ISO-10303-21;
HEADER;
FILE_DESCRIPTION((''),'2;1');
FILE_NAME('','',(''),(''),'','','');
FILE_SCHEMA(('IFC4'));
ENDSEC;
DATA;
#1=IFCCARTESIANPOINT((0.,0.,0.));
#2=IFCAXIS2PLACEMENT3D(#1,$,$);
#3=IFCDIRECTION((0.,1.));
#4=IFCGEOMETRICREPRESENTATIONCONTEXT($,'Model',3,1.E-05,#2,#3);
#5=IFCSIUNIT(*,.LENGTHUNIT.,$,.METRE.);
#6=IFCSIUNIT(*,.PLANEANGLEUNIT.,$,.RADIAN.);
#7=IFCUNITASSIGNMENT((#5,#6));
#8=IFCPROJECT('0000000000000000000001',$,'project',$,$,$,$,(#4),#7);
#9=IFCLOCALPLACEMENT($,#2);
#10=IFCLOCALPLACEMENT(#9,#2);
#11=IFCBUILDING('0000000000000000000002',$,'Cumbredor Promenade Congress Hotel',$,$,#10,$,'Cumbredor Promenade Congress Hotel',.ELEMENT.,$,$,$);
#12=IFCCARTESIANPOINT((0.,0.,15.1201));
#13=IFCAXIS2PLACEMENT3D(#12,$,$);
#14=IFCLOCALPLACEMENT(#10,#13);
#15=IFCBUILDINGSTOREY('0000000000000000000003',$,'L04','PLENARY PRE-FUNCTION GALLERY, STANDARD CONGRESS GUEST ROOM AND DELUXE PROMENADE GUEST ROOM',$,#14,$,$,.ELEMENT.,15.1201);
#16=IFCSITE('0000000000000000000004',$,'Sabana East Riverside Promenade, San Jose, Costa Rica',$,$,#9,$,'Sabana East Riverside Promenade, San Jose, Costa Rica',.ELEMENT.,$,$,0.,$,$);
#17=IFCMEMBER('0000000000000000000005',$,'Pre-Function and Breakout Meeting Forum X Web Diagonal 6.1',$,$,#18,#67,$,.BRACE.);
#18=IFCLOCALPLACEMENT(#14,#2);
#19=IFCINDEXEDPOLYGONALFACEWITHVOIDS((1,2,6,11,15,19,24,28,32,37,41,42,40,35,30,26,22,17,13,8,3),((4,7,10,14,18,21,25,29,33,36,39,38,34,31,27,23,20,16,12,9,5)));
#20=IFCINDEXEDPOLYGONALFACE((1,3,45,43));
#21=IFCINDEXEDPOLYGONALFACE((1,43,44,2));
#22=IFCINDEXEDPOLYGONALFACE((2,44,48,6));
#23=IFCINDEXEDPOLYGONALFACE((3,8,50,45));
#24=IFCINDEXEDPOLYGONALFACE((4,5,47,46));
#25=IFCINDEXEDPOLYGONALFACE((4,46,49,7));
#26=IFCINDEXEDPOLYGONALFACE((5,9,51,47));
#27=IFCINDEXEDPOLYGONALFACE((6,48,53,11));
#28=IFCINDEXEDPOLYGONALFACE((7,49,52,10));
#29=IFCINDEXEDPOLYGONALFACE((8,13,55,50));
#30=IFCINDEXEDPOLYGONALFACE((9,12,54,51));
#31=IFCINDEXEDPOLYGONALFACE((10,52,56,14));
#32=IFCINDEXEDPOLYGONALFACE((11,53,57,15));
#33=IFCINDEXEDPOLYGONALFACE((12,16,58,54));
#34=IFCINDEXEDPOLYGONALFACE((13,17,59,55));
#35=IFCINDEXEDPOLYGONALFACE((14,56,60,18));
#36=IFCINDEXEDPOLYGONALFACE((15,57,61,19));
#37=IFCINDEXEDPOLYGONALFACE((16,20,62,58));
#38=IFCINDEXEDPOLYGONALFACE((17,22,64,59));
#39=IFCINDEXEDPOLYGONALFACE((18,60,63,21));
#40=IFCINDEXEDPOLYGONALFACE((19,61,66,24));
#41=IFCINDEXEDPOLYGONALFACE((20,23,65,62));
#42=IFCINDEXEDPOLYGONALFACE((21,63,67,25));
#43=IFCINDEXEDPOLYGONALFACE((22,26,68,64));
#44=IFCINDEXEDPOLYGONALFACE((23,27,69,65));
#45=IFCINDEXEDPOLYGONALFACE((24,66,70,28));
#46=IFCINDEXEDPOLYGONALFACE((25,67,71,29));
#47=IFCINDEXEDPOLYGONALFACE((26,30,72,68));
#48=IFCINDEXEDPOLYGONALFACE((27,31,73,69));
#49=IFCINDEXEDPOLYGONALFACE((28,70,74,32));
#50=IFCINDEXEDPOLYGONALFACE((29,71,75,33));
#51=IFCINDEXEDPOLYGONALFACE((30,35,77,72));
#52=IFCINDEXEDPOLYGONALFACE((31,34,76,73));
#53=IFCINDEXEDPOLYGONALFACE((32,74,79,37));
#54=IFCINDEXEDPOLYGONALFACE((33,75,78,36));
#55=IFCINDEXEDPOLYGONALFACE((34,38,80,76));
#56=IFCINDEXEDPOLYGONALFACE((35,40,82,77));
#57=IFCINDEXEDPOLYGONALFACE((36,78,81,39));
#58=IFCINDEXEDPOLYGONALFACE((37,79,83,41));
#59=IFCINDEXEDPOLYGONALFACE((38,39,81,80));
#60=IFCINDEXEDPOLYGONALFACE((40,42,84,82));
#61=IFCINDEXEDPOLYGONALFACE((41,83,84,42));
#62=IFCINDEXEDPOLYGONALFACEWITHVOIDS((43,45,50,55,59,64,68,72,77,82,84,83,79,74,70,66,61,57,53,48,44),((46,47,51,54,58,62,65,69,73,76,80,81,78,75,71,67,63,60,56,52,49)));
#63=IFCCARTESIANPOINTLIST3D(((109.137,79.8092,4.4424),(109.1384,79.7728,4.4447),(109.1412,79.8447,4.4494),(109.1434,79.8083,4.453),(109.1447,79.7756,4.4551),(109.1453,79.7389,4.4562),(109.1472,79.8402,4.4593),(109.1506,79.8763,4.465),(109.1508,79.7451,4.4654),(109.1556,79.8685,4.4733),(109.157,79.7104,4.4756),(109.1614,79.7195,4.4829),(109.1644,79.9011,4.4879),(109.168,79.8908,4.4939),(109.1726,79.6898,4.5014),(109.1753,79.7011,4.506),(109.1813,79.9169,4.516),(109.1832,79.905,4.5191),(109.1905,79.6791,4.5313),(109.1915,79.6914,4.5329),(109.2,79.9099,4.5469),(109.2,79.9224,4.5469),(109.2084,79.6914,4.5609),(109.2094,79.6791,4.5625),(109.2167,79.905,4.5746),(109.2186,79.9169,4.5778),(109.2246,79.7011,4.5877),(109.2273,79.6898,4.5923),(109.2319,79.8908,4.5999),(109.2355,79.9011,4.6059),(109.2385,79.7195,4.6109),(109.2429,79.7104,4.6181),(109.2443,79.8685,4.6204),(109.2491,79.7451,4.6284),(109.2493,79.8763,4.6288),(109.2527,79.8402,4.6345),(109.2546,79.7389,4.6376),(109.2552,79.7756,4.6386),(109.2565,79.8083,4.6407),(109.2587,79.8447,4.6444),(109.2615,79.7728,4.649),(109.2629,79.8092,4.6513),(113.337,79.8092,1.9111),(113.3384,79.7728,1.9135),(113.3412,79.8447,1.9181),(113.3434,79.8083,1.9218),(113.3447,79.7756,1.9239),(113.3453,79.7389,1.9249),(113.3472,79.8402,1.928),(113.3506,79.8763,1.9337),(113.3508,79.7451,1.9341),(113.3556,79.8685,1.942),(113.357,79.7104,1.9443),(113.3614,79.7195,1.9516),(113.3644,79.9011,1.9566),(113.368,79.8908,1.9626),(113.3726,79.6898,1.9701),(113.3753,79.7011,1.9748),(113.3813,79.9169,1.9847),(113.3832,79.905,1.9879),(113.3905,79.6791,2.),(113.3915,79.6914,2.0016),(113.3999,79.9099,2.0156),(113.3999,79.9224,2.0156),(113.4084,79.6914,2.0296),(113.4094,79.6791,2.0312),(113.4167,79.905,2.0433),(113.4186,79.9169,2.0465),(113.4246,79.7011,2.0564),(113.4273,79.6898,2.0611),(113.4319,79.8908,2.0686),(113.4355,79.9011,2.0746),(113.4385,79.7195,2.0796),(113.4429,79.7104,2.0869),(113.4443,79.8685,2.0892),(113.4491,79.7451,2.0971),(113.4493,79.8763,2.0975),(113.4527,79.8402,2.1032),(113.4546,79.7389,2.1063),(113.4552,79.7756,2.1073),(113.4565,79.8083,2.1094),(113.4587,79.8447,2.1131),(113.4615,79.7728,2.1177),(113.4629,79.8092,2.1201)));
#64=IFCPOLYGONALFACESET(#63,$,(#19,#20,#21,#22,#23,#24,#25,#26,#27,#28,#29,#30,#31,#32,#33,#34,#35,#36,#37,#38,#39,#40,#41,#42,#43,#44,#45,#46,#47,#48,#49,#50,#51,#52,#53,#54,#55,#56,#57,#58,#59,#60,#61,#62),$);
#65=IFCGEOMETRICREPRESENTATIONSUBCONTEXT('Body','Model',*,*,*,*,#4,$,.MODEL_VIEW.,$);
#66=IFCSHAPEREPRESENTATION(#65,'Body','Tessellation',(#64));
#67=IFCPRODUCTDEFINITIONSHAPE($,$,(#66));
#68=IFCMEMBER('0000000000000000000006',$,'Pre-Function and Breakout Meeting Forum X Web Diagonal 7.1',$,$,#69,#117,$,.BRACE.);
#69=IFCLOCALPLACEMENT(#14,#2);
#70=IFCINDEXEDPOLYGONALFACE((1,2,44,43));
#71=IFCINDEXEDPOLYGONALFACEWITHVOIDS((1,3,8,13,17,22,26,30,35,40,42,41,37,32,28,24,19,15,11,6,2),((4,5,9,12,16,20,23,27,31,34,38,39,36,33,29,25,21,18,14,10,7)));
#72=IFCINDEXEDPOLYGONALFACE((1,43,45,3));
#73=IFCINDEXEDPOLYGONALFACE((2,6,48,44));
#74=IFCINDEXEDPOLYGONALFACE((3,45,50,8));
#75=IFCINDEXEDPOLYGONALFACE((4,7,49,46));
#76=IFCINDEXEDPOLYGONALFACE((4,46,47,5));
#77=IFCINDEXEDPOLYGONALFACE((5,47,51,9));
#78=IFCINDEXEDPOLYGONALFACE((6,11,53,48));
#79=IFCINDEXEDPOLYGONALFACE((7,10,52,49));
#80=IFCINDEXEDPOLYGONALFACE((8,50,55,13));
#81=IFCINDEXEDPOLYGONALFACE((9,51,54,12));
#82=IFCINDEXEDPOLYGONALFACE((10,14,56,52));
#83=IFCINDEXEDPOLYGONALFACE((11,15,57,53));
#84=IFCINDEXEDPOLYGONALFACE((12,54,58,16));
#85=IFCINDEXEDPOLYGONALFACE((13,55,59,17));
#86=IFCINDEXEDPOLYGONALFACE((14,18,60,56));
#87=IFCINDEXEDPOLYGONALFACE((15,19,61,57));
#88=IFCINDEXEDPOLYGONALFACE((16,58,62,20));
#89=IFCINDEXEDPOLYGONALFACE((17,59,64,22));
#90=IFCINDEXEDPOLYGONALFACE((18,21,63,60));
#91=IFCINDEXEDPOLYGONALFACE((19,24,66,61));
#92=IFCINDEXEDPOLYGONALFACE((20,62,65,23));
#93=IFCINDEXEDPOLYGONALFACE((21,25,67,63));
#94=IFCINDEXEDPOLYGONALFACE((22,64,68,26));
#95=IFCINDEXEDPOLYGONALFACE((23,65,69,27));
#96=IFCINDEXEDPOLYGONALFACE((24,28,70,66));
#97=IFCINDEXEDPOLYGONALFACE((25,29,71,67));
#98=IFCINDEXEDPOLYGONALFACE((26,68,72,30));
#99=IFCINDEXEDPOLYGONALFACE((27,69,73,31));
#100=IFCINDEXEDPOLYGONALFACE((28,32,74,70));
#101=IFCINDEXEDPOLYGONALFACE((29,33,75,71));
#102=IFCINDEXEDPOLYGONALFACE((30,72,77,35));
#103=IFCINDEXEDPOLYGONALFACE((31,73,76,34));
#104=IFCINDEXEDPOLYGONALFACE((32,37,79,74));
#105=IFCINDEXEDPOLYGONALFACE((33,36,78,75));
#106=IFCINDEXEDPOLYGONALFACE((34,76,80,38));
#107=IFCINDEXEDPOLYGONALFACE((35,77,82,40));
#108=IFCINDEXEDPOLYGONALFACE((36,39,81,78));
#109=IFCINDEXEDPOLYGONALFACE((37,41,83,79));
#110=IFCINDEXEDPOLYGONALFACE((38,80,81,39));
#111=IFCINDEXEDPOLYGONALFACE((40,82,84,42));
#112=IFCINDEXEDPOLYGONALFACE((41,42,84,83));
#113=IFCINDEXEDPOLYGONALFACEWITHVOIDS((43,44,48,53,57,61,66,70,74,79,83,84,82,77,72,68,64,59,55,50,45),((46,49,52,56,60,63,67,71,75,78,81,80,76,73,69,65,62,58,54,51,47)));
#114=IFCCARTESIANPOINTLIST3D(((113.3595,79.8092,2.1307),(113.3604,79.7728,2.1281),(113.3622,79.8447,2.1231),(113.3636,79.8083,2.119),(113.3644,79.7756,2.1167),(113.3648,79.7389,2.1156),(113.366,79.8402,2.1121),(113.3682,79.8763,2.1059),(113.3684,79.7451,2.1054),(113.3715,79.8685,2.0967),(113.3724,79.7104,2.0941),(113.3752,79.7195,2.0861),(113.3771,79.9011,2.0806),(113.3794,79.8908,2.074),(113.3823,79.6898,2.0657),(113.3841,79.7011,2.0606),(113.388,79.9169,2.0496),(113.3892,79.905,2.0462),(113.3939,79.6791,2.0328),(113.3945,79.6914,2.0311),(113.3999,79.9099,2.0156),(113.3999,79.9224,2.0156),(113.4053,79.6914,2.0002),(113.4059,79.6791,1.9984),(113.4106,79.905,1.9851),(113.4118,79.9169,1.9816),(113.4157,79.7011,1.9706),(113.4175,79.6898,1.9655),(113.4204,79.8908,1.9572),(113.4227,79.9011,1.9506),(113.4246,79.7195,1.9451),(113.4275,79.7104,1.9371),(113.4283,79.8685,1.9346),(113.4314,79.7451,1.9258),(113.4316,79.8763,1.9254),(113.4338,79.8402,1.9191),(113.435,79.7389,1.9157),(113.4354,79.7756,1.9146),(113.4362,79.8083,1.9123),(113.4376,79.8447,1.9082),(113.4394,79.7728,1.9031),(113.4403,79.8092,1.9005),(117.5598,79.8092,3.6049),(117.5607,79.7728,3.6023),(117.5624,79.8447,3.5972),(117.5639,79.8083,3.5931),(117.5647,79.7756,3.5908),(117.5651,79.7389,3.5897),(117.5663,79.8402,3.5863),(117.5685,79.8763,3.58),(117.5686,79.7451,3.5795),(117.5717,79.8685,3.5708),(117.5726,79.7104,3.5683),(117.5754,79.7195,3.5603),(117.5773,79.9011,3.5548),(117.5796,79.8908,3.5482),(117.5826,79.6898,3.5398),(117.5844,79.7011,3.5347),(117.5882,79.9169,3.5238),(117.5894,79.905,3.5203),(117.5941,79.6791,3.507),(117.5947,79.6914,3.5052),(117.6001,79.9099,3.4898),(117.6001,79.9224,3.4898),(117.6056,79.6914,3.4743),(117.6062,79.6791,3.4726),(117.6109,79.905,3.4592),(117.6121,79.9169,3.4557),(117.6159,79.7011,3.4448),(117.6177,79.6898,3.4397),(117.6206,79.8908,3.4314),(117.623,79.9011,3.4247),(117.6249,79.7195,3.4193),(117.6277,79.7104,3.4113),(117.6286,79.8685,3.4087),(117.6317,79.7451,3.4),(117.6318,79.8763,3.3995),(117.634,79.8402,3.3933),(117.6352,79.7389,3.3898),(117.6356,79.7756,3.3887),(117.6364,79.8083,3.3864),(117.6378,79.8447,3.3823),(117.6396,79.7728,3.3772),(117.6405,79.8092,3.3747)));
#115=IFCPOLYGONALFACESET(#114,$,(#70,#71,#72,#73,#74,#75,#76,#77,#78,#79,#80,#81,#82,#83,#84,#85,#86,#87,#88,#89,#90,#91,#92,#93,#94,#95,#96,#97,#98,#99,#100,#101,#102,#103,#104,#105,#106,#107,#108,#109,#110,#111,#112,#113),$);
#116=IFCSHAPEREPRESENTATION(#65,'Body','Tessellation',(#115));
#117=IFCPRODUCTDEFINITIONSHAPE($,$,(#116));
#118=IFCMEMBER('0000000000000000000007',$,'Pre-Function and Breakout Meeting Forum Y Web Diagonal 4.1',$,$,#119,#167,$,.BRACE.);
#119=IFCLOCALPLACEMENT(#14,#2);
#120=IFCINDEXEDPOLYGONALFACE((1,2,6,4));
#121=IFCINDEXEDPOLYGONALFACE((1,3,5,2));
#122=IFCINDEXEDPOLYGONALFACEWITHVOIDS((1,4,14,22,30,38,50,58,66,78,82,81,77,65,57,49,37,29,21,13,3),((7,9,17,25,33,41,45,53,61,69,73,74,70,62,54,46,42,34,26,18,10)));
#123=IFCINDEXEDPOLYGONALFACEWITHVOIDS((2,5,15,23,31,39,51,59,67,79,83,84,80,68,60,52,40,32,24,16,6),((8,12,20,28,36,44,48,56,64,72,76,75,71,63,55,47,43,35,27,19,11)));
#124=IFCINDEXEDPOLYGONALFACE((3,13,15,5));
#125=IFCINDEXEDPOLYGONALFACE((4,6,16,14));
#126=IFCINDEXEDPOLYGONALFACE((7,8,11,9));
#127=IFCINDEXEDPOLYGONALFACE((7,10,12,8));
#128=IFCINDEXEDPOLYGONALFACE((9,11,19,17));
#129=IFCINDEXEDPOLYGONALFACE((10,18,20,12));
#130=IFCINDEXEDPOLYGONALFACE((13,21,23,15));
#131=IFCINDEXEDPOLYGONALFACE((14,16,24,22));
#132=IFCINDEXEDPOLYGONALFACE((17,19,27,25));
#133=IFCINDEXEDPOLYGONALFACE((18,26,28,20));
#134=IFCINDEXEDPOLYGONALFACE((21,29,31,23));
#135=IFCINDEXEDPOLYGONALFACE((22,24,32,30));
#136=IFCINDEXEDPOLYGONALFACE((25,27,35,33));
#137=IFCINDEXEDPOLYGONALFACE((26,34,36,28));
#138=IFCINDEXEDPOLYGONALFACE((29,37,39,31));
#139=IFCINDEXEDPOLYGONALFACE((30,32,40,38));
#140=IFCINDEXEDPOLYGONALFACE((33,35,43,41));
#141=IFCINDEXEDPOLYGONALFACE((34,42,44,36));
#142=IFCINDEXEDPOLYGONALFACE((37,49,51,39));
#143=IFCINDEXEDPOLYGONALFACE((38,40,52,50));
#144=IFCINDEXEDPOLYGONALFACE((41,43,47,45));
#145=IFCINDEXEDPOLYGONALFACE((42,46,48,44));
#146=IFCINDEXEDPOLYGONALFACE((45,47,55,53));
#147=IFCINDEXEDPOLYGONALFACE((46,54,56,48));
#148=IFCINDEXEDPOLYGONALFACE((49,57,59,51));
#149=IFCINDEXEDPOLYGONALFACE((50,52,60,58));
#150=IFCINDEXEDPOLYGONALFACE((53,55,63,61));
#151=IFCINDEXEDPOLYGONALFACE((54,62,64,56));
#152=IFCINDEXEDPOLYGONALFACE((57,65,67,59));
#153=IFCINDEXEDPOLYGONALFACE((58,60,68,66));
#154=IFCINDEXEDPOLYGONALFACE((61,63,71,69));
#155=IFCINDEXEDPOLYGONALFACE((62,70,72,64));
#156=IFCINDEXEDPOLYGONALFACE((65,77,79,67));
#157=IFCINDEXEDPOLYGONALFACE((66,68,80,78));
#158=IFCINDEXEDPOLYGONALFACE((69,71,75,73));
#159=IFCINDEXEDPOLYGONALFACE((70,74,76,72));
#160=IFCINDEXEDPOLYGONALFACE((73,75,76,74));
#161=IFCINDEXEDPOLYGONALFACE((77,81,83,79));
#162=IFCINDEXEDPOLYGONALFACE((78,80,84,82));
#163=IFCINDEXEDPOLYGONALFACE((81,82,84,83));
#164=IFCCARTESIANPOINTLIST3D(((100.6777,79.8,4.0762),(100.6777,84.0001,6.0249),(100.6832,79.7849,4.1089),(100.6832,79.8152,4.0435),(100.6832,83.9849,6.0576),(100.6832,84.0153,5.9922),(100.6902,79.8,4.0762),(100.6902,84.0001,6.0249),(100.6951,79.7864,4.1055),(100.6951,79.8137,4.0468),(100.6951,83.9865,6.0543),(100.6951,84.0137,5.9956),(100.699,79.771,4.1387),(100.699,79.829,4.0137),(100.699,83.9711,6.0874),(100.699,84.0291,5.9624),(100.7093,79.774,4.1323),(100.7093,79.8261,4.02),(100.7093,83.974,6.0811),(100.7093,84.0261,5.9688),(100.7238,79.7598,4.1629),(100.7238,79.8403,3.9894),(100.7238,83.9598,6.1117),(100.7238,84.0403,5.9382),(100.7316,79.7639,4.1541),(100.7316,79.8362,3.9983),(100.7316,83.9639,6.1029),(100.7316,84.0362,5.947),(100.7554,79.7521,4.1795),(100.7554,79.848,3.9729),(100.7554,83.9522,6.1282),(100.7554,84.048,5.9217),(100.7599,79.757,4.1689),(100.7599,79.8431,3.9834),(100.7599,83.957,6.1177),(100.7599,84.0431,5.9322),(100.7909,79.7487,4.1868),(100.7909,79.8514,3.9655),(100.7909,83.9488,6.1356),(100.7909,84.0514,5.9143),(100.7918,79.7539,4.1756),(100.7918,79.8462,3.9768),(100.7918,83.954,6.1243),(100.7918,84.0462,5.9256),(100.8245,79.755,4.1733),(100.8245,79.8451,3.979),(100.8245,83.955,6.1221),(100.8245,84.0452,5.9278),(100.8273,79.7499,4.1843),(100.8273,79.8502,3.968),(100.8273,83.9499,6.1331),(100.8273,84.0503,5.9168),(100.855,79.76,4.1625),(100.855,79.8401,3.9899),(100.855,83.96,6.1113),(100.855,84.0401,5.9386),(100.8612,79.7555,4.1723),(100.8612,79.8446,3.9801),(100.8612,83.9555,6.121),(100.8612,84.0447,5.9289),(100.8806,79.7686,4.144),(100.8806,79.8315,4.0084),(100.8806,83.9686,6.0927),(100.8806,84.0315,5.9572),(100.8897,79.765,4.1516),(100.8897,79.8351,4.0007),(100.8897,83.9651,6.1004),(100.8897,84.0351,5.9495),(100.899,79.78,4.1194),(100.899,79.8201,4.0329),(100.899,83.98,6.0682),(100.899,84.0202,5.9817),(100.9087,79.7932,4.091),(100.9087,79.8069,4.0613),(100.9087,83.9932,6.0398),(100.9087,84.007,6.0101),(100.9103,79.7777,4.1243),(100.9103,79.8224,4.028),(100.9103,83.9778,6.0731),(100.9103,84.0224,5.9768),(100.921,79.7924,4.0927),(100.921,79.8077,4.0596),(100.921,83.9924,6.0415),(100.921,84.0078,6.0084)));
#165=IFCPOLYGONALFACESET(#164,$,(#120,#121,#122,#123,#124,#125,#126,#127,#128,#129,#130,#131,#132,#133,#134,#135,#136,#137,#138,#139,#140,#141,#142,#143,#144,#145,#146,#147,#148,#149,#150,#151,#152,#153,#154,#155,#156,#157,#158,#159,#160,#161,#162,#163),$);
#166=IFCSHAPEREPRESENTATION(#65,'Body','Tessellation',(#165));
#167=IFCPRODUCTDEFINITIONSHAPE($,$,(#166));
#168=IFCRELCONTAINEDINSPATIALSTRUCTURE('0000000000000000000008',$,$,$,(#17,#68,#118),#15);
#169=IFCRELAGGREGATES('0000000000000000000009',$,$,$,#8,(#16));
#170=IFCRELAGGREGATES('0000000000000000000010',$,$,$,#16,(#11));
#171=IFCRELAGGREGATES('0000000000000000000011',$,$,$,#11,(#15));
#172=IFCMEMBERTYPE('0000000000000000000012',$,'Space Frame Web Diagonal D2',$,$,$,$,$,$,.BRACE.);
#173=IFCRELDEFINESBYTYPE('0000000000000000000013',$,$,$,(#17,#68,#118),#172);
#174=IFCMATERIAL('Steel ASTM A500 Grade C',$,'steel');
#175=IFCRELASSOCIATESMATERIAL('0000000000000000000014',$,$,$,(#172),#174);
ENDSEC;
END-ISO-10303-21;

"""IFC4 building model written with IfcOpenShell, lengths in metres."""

from ifc_helpers import new_model, si_unit, direction, frame, origin, origin_2d, place, context, subcontext, project, spatial, hollow_circle, extrude, material, material_profile, profile_set, type_object, element, save


model = new_model("IFC4")

# Units and contexts
model_context = context("Model", 3, precision=1e-05, world=origin(), true_north=direction((0.0, 1.0)))
body_context = subcontext(model_context, "Body", "Model", "MODEL_VIEW")
ifc_project = project(units=[si_unit("LENGTHUNIT", "METRE"), si_unit("PLANEANGLEUNIT", "RADIAN")], contexts=[model_context])

# Site, building, storey
site_placement = place(None, origin())
site = spatial("IfcSite", under=ifc_project, at=site_placement, Name="Sabana East Riverside Promenade, San Jose, Costa Rica", LongName="Sabana East Riverside Promenade, San Jose, Costa Rica", CompositionType="ELEMENT", RefElevation=0.0)
building_placement = place(site_placement, origin())
building = spatial("IfcBuilding", under=site, at=building_placement, Name="Cumbredor Promenade Congress Hotel", LongName="Cumbredor Promenade Congress Hotel", CompositionType="ELEMENT")
storey_placement = place(building_placement, frame((0.0, 0.0, 15.1201)))
storey = spatial("IfcBuildingStorey", under=building, at=storey_placement, Name="L04", Description="PLENARY PRE-FUNCTION GALLERY, STANDARD CONGRESS GUEST ROOM AND DELUXE PROMENADE GUEST ROOM", CompositionType="ELEMENT", Elevation=15.1201)

# Members
ifc_material_1 = material(Name="Steel ASTM A500 Grade C", Category="steel")
ifc_material_profile_1 = material_profile(ifc_material_1, hollow_circle(Radius=0.1223, WallThickness=0.0125, at=origin_2d()), Name="CHS 244.5x12.5")
ifc_profile_set_1 = profile_set([ifc_material_profile_1], Name="Steel ASTM A500 Grade C")
member_type_1 = type_object("IfcMemberType", Name="Space Frame Web Diagonal D2", PredefinedType="BRACE", material=ifc_profile_set_1)
member_1_placement = place(storey_placement, frame((109.2, 79.8, 4.5469), z_axis=(0.856476, 0.0, -0.516186), x_axis=(0.0, 1.0, 0.0)))
element("IfcMember", 1, at=member_1_placement, inside=storey, type_object=member_type_1, Name="Pre-Function and Breakout Meeting Forum X Web Diagonal 6.1", PredefinedType="BRACE", context=body_context, shape_type="SweptSolid", body=[
    extrude(hollow_circle(Radius=0.1223, WallThickness=0.0125, at=origin_2d()), origin(), (0.0, 0.0, 1.0), 4.9038),
])
member_2_placement = place(storey_placement, frame((113.3999, 79.8, 2.0156), z_axis=(0.943574, 0.0, 0.331161), x_axis=(0.0, 1.0, 0.0)))
element("IfcMember", 2, at=member_2_placement, inside=storey, type_object=member_type_1, Name="Pre-Function and Breakout Meeting Forum X Web Diagonal 7.1", PredefinedType="BRACE", context=body_context, shape_type="SweptSolid", body=[
    extrude(hollow_circle(Radius=0.1223, WallThickness=0.0125, at=origin_2d()), origin(), (0.0, 0.0, 1.0), 4.4514),
])
member_3_placement = place(storey_placement, frame((100.8, 79.8, 4.0762), z_axis=(0.0, 0.907112, 0.42089), x_axis=(-1.0, 0.0, 0.0)))
element("IfcMember", 3, at=member_3_placement, inside=storey, type_object=member_type_1, Name="Pre-Function and Breakout Meeting Forum Y Web Diagonal 4.1", PredefinedType="BRACE", context=body_context, shape_type="SweptSolid", body=[
    extrude(hollow_circle(Radius=0.1223, WallThickness=0.0125, at=origin_2d()), origin(), (0.0, 0.0, 1.0), 4.6301),
])

save(model, "model.ifc")
